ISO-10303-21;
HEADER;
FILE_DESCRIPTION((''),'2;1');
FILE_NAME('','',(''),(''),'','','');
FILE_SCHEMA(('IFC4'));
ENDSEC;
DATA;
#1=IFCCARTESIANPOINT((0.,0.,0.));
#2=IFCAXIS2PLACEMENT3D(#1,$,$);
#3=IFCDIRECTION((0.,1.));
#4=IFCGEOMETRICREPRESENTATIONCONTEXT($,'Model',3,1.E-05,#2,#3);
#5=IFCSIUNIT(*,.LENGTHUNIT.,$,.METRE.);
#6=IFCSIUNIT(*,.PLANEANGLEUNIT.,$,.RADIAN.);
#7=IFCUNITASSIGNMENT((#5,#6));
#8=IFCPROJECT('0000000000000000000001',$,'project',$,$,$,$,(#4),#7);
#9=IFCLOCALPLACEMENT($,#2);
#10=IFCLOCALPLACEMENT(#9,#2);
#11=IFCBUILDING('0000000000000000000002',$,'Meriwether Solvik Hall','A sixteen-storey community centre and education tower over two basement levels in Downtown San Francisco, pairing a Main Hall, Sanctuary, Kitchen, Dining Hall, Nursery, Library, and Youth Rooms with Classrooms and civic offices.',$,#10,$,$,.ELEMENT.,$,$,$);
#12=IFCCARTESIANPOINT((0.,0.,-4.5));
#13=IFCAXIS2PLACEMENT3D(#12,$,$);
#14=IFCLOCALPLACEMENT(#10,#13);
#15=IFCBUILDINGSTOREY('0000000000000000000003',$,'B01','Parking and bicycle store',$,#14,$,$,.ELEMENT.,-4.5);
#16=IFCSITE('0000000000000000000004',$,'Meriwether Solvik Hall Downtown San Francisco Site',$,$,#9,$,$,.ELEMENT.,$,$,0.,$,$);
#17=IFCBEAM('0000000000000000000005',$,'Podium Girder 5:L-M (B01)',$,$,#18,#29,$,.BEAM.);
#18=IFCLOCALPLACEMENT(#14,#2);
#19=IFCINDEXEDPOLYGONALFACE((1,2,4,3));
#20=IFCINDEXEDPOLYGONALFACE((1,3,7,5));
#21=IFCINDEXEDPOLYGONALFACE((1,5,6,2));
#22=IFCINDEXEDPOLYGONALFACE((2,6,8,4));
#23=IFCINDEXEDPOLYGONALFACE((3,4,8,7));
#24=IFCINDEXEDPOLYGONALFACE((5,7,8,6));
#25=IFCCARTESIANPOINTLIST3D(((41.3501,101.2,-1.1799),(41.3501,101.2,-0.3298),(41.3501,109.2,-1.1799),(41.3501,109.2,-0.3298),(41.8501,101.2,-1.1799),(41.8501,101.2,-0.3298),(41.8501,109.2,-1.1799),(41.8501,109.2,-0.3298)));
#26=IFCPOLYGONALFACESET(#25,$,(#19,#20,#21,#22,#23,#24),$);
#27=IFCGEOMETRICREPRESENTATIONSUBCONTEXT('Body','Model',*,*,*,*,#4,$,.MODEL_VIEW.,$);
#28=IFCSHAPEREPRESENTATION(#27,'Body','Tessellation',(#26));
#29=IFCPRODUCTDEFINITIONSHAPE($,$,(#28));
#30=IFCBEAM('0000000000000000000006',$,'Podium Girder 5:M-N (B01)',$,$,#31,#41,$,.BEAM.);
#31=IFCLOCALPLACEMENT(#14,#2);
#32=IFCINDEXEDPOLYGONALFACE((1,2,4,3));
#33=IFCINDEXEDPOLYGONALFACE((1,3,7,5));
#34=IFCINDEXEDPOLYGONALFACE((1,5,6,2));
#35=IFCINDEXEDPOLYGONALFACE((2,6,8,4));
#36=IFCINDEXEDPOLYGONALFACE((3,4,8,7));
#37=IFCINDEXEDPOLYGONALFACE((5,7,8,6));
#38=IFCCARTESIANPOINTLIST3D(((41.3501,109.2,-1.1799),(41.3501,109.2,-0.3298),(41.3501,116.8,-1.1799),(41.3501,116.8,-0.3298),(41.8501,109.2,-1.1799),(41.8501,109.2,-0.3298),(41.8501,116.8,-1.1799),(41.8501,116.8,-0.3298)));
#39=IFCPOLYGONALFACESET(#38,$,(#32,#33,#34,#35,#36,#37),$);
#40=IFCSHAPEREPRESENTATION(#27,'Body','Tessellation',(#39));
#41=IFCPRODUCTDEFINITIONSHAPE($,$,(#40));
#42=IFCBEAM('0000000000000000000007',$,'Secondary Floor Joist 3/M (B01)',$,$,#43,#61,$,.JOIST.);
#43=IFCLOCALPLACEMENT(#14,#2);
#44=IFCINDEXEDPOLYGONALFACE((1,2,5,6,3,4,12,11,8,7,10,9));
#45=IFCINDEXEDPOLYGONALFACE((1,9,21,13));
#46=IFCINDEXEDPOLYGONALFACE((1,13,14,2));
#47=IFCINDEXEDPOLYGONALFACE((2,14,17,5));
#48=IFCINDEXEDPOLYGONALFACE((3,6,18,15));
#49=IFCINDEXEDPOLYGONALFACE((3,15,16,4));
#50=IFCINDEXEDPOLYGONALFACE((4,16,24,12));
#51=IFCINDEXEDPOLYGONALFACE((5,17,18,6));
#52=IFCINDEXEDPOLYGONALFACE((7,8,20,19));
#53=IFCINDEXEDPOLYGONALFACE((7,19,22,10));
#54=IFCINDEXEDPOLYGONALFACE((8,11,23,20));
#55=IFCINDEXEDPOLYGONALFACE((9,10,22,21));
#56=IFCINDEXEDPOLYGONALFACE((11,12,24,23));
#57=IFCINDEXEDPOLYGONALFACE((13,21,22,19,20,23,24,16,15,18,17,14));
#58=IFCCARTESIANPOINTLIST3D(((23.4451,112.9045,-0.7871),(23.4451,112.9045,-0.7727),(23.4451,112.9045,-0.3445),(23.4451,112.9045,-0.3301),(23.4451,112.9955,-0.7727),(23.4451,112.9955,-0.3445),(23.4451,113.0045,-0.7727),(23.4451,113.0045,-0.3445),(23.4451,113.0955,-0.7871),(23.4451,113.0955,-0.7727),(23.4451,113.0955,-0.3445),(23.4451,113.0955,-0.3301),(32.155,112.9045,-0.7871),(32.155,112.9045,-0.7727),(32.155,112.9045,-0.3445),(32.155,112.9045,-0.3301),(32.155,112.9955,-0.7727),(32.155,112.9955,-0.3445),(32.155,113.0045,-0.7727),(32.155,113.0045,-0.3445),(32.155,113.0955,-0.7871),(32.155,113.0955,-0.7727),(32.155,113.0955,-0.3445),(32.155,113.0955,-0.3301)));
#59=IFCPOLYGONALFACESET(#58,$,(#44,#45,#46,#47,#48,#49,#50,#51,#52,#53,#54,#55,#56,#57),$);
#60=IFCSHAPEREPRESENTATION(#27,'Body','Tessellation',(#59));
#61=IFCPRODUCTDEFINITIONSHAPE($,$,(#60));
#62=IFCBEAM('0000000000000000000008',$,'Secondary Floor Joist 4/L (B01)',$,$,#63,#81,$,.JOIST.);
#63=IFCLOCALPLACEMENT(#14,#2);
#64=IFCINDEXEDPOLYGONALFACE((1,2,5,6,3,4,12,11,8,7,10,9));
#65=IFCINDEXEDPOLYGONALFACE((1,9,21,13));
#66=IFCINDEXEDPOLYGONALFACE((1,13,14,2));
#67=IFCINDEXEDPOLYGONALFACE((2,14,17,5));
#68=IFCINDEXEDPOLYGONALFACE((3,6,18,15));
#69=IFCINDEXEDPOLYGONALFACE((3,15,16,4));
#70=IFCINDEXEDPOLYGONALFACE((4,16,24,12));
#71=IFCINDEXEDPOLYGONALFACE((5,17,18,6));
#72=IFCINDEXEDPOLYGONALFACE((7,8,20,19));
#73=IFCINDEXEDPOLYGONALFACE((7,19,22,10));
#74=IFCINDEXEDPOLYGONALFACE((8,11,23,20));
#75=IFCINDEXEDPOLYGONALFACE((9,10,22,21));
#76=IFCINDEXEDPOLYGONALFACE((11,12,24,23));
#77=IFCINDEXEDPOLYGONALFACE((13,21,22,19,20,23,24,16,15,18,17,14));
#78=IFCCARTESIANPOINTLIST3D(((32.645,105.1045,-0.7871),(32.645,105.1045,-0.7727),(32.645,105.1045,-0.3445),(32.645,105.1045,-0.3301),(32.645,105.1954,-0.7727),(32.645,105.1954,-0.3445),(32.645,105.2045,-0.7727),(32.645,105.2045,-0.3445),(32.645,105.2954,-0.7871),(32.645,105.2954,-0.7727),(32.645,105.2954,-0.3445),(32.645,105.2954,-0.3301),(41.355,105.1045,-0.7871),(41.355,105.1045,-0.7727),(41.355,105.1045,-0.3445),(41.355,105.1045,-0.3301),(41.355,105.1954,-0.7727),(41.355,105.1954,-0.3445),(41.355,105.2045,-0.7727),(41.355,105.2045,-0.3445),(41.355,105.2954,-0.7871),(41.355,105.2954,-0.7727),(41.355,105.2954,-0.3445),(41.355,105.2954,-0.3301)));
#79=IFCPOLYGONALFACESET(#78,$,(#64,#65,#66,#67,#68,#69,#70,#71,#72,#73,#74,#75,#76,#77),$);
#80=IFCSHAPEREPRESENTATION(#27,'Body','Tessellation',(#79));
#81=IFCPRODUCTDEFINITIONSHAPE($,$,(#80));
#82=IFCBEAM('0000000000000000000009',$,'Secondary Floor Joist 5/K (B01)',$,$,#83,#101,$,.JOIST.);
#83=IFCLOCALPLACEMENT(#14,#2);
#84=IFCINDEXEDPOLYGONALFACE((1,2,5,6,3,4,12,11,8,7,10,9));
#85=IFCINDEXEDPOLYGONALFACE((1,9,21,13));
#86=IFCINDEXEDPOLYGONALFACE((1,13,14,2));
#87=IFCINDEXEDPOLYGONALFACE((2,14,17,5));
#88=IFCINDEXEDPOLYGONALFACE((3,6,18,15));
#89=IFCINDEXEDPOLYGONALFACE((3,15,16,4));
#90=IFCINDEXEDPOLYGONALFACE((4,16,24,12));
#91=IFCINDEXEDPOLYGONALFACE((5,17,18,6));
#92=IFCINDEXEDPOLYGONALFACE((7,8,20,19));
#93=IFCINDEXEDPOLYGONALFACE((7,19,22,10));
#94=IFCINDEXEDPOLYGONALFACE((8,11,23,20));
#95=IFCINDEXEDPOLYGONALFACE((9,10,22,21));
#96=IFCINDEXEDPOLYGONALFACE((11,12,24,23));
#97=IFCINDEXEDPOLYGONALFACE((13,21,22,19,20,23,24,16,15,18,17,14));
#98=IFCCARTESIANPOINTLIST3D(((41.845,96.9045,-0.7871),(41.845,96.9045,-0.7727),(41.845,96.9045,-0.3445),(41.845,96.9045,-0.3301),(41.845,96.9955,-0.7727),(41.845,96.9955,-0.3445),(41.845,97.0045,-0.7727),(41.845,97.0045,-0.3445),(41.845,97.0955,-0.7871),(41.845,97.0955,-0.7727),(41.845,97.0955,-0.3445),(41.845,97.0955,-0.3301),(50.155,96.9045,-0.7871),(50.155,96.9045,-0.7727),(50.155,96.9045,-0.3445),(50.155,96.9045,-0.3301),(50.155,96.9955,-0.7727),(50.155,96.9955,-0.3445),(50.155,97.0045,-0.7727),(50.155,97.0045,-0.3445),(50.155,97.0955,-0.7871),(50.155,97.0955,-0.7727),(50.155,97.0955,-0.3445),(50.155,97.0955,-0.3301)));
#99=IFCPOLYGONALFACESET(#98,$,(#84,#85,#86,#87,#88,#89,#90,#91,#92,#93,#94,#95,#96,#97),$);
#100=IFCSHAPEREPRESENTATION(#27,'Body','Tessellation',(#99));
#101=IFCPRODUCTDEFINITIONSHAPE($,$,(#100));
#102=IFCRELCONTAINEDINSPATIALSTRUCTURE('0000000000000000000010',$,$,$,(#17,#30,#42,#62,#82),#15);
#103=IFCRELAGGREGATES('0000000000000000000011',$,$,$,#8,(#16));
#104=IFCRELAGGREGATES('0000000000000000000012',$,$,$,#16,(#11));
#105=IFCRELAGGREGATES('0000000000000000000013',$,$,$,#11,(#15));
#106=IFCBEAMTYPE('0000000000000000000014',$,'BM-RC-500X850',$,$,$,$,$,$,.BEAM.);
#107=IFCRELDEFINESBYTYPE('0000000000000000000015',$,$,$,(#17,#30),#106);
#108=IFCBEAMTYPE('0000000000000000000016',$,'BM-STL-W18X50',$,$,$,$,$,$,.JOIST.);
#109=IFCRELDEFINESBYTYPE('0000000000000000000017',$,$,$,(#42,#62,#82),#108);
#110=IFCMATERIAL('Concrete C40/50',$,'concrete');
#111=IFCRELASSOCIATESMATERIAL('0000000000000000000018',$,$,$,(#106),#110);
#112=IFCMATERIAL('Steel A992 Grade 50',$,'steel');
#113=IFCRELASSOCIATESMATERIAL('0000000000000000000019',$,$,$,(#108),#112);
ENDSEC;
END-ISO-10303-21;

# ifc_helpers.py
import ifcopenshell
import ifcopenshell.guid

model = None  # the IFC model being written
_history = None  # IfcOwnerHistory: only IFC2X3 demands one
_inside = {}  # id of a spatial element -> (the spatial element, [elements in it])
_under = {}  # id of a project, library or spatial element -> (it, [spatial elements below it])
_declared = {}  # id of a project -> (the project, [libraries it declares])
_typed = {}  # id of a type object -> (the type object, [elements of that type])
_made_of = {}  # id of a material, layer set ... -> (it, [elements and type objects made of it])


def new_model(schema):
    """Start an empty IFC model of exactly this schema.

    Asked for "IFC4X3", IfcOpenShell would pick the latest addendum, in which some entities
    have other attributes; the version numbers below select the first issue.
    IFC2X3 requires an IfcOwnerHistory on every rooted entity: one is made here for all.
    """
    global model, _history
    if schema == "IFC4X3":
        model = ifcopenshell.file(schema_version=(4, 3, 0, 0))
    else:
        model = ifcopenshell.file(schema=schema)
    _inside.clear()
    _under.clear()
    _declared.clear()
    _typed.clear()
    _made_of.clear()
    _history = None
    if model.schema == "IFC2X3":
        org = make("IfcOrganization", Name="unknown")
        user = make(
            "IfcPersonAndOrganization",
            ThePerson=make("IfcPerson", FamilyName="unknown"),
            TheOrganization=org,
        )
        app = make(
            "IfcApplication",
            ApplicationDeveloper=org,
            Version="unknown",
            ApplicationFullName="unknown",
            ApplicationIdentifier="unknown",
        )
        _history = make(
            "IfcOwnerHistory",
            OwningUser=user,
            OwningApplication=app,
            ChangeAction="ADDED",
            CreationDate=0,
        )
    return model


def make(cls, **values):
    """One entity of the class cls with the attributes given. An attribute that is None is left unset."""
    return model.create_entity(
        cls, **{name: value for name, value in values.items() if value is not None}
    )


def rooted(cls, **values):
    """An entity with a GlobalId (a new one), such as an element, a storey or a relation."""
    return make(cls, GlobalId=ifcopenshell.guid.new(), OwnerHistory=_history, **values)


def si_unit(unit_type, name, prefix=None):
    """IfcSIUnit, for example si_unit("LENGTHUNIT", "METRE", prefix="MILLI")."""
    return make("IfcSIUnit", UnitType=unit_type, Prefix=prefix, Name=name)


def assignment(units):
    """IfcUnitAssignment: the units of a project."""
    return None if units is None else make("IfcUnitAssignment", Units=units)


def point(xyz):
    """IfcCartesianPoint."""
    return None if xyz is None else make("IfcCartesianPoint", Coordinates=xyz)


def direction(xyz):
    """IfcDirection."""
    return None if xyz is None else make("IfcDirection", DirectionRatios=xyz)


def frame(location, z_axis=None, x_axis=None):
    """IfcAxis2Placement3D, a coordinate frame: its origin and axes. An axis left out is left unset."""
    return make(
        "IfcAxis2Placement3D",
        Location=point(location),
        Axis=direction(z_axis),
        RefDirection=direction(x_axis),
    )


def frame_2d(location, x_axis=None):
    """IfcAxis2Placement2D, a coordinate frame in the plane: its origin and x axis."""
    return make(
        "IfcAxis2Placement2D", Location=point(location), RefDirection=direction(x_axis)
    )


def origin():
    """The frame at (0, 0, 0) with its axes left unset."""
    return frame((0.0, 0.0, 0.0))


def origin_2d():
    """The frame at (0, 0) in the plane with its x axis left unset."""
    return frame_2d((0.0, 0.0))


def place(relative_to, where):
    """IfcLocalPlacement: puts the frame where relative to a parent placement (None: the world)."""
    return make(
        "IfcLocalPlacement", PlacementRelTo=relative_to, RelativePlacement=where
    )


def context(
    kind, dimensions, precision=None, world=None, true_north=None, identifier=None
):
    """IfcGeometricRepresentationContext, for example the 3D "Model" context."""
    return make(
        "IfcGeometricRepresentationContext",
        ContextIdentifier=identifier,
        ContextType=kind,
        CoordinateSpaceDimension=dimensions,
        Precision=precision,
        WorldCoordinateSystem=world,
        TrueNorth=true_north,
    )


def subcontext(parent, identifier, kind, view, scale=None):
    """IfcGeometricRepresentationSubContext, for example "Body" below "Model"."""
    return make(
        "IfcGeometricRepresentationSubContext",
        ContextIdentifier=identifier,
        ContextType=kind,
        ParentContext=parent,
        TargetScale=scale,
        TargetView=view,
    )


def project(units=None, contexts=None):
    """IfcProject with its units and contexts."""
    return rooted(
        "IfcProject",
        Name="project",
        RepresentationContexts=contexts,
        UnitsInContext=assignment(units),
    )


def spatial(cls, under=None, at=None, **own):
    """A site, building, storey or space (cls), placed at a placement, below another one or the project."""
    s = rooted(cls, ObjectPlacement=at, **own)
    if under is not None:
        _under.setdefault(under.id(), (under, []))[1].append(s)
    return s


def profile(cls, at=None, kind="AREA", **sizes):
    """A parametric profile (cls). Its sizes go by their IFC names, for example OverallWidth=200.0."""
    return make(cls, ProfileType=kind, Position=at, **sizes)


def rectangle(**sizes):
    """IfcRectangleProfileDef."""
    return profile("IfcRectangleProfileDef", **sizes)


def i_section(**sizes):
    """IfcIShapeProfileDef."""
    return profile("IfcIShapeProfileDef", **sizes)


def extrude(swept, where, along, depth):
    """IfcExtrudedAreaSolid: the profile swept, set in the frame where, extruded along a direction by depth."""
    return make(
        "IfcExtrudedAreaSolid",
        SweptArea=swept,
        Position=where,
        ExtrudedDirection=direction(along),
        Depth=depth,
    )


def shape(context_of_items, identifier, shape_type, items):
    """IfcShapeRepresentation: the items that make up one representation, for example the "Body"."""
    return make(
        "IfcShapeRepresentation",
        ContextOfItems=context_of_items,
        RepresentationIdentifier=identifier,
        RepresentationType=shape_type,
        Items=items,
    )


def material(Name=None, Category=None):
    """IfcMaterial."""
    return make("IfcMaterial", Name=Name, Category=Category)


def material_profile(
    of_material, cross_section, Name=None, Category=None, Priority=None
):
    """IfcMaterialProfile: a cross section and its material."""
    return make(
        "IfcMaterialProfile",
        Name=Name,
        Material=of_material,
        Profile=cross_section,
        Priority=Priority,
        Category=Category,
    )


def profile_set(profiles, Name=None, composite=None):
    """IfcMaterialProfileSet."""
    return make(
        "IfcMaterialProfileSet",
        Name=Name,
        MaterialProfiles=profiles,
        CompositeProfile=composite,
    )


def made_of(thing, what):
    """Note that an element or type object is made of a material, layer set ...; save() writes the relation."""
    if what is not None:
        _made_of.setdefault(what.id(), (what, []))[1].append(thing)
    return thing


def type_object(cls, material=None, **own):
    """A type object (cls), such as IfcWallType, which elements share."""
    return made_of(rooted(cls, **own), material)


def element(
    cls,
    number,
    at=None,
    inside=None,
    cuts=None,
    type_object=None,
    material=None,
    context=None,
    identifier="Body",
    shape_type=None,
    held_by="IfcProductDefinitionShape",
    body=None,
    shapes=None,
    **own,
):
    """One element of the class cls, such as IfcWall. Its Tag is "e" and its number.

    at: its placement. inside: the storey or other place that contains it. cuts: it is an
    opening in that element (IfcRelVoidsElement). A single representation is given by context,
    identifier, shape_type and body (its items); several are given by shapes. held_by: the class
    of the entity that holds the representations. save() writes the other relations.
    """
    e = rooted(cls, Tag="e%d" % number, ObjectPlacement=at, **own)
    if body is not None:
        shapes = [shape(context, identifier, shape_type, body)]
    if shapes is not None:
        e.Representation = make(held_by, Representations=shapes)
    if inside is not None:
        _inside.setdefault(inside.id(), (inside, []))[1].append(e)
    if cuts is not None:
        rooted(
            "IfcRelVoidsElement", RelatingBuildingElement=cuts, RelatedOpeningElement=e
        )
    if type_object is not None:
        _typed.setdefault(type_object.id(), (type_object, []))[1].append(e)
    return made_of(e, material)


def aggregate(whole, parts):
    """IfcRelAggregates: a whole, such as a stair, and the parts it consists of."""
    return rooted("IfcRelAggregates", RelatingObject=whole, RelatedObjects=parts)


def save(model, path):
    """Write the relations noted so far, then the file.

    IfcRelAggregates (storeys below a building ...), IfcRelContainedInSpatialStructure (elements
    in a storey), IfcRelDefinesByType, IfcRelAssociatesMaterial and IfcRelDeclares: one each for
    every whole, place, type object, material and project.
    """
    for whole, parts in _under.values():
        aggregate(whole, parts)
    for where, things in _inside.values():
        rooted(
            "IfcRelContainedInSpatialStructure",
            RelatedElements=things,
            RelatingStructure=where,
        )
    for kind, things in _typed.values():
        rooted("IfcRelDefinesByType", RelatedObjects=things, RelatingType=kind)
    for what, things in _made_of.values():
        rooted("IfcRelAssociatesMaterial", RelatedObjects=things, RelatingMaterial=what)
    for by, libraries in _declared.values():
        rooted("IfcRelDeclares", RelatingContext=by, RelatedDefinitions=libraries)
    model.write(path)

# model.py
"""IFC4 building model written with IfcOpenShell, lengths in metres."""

from ifc_helpers import new_model, si_unit, direction, frame, origin, origin_2d, place, context, subcontext, project, spatial, rectangle, i_section, extrude, material, material_profile, profile_set, type_object, element, save


model = new_model("IFC4")

# Units and contexts
model_context = context("Model", 3, precision=1e-05, world=origin(), true_north=direction((0.0, 1.0)))
body_context = subcontext(model_context, "Body", "Model", "MODEL_VIEW")
ifc_project = project(units=[si_unit("LENGTHUNIT", "METRE"), si_unit("PLANEANGLEUNIT", "RADIAN")], contexts=[model_context])

# Site, building, storey
site_placement = place(None, origin())
site = spatial("IfcSite", under=ifc_project, at=site_placement, Name="Meriwether Solvik Hall Downtown San Francisco Site", CompositionType="ELEMENT", RefElevation=0.0)
building_placement = place(site_placement, origin())
building = spatial("IfcBuilding", under=site, at=building_placement, Name="Meriwether Solvik Hall", Description="A sixteen-storey community centre and education tower over two basement levels in Downtown San Francisco, pairing a Main Hall, Sanctuary, Kitchen, Dining Hall, Nursery, Library, and Youth Rooms with Classrooms and civic offices.", CompositionType="ELEMENT")
storey_placement = place(building_placement, frame((0.0, 0.0, -4.5)))
storey = spatial("IfcBuildingStorey", under=building, at=storey_placement, Name="B01", Description="Parking and bicycle store", CompositionType="ELEMENT", Elevation=-4.5)

# Beams
ifc_material_1 = material(Name="Concrete C40/50", Category="concrete")
ifc_material_profile_1 = material_profile(ifc_material_1, rectangle(XDim=0.5, YDim=0.8501, at=origin_2d()), Name="RCB-500X850")
ifc_profile_set_1 = profile_set([ifc_material_profile_1], Name="Concrete C40/50")
beam_type_1 = type_object("IfcBeamType", Name="BM-RC-500X850", PredefinedType="BEAM", material=ifc_profile_set_1)
beam_1_placement = place(storey_placement, frame((41.6001, 101.2, -0.7549), z_axis=(0.0, 1.0, 0.0), x_axis=(-1.0, 0.0, 0.0)))
element("IfcBeam", 1, at=beam_1_placement, inside=storey, type_object=beam_type_1, Name="Podium Girder 5:L-M (B01)", PredefinedType="BEAM", context=body_context, shape_type="SweptSolid", body=[
    extrude(rectangle(XDim=0.5, YDim=0.8501, at=origin_2d()), origin(), (0.0, 0.0, 1.0), 8.0),
])
beam_2_placement = place(storey_placement, frame((41.6001, 109.2, -0.7549), z_axis=(0.0, 1.0, 0.0), x_axis=(-1.0, 0.0, 0.0)))
element("IfcBeam", 2, at=beam_2_placement, inside=storey, type_object=beam_type_1, Name="Podium Girder 5:M-N (B01)", PredefinedType="BEAM", context=body_context, shape_type="SweptSolid", body=[
    extrude(rectangle(XDim=0.5, YDim=0.8501, at=origin_2d()), origin(), (0.0, 0.0, 1.0), 7.6001),
])
ifc_material_2 = material(Name="Steel A992 Grade 50", Category="steel")
ifc_material_profile_2 = material_profile(ifc_material_2, i_section(OverallWidth=0.1909, OverallDepth=0.457, WebThickness=0.009, FlangeThickness=0.0144, at=origin_2d()), Name="W18X50")
ifc_profile_set_2 = profile_set([ifc_material_profile_2], Name="Steel A992 Grade 50")
beam_type_2 = type_object("IfcBeamType", Name="BM-STL-W18X50", PredefinedType="JOIST", material=ifc_profile_set_2)
for number, where, z_axis, x_axis, name in (
    (3, (23.4451, 113.0, -0.5586), (1.0, 0.0, 0.0), (0.0, 1.0, 0.0), "Secondary Floor Joist 3/M (B01)"),
    (4, (32.645, 105.2, -0.5586), (1.0, 0.0, 0.0), (0.0, 1.0, 0.0), "Secondary Floor Joist 4/L (B01)"),
):
    element("IfcBeam", number, at=place(storey_placement, frame(where, z_axis=z_axis, x_axis=x_axis)), inside=storey, type_object=beam_type_2, Name=name, PredefinedType="JOIST", context=body_context, shape_type="SweptSolid", body=[
        extrude(i_section(OverallWidth=0.1909, OverallDepth=0.457, WebThickness=0.009, FlangeThickness=0.0144, at=origin_2d()), origin(), (0.0, 0.0, 1.0), 8.71),
    ])
beam_3_placement = place(storey_placement, frame((41.845, 97.0, -0.5586), z_axis=(1.0, 0.0, 0.0), x_axis=(0.0, 1.0, 0.0)))
element("IfcBeam", 5, at=beam_3_placement, inside=storey, type_object=beam_type_2, Name="Secondary Floor Joist 5/K (B01)", PredefinedType="JOIST", context=body_context, shape_type="SweptSolid", body=[
    extrude(i_section(OverallWidth=0.1909, OverallDepth=0.457, WebThickness=0.009, FlangeThickness=0.0144, at=origin_2d()), origin(), (0.0, 0.0, 1.0), 8.3101),
])

save(model, "model.ifc")
